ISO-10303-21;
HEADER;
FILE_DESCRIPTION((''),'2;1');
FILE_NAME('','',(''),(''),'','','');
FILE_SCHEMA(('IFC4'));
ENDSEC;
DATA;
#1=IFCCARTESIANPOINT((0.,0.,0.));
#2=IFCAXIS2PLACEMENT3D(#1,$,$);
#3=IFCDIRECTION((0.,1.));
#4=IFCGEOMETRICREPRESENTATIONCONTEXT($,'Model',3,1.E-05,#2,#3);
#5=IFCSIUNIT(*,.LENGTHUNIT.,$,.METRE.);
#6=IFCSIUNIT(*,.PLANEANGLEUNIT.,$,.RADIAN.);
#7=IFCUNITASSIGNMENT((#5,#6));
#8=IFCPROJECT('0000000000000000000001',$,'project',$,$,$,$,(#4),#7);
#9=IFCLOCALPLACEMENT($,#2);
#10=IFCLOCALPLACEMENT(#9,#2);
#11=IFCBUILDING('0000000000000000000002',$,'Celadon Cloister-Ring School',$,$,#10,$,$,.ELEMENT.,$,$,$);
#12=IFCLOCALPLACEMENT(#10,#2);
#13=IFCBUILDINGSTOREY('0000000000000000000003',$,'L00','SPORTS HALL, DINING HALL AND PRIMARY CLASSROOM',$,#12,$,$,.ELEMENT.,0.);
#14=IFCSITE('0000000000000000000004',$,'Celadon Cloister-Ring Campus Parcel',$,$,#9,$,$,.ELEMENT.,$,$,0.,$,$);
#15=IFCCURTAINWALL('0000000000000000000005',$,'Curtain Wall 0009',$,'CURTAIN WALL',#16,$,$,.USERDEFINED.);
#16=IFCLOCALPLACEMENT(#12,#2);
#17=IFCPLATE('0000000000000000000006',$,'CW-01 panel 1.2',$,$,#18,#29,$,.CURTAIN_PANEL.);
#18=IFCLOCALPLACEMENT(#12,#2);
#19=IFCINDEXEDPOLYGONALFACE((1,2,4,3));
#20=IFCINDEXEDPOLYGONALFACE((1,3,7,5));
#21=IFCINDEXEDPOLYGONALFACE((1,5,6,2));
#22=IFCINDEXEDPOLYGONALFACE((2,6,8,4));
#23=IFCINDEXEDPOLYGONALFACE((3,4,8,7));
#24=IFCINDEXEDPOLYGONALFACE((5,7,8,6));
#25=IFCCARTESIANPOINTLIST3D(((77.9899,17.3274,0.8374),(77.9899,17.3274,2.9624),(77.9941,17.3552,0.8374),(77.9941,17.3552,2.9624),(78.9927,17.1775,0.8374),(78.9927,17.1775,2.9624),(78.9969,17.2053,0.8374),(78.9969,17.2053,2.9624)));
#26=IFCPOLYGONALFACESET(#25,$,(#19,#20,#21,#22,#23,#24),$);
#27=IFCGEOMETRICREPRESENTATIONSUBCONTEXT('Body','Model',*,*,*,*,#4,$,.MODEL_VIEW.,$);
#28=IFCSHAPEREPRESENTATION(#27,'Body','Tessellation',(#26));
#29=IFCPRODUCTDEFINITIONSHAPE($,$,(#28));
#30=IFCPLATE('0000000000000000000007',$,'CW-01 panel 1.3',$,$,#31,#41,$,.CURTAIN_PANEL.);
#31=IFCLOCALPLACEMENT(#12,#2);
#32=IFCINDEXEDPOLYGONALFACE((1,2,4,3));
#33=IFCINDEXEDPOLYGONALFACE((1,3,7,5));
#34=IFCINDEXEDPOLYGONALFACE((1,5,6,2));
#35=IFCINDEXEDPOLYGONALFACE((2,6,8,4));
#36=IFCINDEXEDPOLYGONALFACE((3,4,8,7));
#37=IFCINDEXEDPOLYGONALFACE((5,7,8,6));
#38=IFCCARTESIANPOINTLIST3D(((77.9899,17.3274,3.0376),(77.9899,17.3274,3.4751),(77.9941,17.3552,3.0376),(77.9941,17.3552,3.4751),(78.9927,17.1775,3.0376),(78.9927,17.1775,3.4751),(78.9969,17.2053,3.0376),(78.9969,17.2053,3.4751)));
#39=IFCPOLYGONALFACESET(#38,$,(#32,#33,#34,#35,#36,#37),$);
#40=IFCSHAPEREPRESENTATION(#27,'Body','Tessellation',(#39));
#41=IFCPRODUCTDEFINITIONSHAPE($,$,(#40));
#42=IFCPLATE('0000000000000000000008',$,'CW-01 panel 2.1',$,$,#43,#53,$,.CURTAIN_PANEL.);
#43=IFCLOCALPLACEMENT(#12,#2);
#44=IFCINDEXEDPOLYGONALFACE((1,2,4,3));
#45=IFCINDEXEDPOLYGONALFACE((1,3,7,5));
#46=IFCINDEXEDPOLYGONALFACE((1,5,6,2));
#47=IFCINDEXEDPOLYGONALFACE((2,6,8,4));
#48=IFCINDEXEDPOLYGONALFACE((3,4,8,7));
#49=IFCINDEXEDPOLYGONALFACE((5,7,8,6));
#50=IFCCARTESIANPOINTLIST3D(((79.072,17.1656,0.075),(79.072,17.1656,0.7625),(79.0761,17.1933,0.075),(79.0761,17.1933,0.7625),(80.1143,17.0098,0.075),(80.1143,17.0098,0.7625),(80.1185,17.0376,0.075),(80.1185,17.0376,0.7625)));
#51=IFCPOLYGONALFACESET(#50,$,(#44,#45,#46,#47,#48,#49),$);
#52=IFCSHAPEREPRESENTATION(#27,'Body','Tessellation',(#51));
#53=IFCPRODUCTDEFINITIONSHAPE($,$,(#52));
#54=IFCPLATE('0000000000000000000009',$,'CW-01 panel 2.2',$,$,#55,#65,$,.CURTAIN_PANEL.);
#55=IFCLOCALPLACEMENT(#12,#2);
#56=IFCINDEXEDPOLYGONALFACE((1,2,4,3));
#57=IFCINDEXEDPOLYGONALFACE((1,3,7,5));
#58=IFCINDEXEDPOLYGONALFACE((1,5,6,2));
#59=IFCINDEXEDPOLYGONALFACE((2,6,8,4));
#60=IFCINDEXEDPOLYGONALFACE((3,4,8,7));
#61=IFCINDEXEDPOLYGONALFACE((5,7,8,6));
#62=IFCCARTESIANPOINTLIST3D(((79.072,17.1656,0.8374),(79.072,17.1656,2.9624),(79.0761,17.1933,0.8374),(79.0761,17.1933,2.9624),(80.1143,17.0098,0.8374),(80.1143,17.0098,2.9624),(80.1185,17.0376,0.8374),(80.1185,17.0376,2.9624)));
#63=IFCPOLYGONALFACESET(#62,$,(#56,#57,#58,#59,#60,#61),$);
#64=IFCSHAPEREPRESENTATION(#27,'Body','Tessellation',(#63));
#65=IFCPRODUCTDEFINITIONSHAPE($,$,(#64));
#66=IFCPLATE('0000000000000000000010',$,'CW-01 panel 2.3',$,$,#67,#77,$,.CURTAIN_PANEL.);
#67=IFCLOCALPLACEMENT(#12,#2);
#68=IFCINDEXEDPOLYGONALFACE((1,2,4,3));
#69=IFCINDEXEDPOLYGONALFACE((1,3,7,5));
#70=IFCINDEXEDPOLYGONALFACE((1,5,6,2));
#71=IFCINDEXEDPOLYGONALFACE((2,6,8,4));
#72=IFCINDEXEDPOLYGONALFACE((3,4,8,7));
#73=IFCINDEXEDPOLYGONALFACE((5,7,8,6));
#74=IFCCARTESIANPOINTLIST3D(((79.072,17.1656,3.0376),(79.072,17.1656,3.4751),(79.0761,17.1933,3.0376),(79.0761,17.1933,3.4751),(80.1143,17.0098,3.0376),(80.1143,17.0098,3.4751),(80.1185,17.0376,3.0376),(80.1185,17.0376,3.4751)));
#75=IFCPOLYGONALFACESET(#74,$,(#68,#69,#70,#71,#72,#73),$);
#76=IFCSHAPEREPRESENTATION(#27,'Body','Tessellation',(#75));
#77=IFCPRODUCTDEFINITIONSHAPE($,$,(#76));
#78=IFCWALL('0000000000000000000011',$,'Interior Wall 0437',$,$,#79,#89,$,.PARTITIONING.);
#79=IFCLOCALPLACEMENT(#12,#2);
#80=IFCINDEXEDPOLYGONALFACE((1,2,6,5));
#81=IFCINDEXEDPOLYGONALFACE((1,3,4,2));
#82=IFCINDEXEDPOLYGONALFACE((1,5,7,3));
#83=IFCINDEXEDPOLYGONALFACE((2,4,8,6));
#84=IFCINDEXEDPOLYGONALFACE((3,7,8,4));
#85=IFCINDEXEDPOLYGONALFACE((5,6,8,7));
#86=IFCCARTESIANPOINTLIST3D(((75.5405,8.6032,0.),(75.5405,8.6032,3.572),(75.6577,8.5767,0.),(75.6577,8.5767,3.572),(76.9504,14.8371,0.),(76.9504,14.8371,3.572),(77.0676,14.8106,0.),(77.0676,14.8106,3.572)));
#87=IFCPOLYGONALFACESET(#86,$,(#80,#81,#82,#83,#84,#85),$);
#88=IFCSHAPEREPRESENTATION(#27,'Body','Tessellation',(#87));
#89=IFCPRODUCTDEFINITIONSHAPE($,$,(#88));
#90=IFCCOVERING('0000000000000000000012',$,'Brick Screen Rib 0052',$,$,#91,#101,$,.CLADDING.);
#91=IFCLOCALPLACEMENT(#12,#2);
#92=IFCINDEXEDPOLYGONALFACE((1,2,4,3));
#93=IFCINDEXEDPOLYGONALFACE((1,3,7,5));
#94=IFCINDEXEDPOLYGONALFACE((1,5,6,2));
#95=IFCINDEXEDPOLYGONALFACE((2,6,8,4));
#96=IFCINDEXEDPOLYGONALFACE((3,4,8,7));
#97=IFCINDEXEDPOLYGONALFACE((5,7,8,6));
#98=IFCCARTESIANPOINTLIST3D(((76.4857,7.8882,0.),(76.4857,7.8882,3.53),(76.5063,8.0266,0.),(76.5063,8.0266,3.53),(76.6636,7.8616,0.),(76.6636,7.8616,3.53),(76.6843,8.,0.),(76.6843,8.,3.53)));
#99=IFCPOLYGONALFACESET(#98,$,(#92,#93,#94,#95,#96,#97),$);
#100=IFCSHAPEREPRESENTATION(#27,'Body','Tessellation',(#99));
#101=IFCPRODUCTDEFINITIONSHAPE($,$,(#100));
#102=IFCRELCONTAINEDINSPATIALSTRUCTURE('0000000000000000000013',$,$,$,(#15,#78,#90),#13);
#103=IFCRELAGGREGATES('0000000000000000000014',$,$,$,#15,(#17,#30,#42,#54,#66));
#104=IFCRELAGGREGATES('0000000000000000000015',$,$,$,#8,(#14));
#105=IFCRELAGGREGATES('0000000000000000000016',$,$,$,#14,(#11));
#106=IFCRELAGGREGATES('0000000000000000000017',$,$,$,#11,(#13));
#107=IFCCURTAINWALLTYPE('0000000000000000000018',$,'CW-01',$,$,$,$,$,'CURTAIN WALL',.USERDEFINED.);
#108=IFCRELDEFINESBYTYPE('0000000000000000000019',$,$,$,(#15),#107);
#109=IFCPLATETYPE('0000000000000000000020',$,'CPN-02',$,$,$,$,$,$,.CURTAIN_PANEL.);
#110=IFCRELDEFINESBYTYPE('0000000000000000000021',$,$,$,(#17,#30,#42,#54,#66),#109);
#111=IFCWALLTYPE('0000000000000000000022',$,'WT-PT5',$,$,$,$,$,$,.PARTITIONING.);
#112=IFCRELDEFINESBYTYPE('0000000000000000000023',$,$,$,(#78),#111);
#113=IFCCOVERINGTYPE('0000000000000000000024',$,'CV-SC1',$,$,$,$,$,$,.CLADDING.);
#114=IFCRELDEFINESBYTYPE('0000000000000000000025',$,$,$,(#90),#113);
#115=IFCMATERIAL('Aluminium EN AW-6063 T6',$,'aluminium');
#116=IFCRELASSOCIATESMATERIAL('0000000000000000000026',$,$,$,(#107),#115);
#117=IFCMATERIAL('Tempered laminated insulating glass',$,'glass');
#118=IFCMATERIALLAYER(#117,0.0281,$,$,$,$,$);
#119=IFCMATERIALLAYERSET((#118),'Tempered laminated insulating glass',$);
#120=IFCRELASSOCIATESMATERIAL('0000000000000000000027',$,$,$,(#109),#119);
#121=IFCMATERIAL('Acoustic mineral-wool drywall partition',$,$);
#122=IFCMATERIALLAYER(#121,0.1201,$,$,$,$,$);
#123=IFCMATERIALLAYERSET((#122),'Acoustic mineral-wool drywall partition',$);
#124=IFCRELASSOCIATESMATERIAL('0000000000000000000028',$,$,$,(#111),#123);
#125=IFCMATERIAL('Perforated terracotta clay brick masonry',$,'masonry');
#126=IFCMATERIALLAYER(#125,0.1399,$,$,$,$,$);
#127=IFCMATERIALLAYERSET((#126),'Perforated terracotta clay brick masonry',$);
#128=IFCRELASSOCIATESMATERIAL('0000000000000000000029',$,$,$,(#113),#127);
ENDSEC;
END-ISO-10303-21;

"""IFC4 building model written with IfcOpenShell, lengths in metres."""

from ifc_helpers import new_model, si_unit, direction, frame, frame_2d, origin, origin_2d, place, context, subcontext, project, spatial, rectangle, extrude, material, layer, layer_set, type_object, element, aggregate, save


model = new_model("IFC4")

# Units and contexts
model_context = context("Model", 3, precision=1e-05, world=origin(), true_north=direction((0.0, 1.0)))
body_context = subcontext(model_context, "Body", "Model", "MODEL_VIEW")
ifc_project = project(units=[si_unit("LENGTHUNIT", "METRE"), si_unit("PLANEANGLEUNIT", "RADIAN")], contexts=[model_context])

# Site, building, storey
site_placement = place(None, origin())
site = spatial("IfcSite", under=ifc_project, at=site_placement, Name="Celadon Cloister-Ring Campus Parcel", CompositionType="ELEMENT", RefElevation=0.0)
building_placement = place(site_placement, origin())
building = spatial("IfcBuilding", under=site, at=building_placement, Name="Celadon Cloister-Ring School", CompositionType="ELEMENT")
storey_placement = place(building_placement, origin())
storey = spatial("IfcBuildingStorey", under=building, at=storey_placement, Name="L00", Description="SPORTS HALL, DINING HALL AND PRIMARY CLASSROOM", CompositionType="ELEMENT", Elevation=0.0)

# Curtain wall
ifc_material_1 = material(Name="Aluminium EN AW-6063 T6", Category="aluminium")
curtain_wall_type = type_object("IfcCurtainWallType", Name="CW-01", ElementType="CURTAIN WALL", PredefinedType="USERDEFINED", material=ifc_material_1)
curtain_wall_placement = place(storey_placement, origin())
curtain_wall = element("IfcCurtainWall", 1, at=curtain_wall_placement, inside=storey, type_object=curtain_wall_type, Name="Curtain Wall 0009", ObjectType="CURTAIN WALL", PredefinedType="USERDEFINED")

# Plates
ifc_material_2 = material(Name="Tempered laminated insulating glass", Category="glass")
ifc_layer_1 = layer(ifc_material_2, 0.0281)
ifc_layer_set_1 = layer_set([ifc_layer_1], Name="Tempered laminated insulating glass")
plate_type = type_object("IfcPlateType", Name="CPN-02", PredefinedType="CURTAIN_PANEL", material=ifc_layer_set_1)
plate_1_placement = place(storey_placement, frame((78.4934, 17.2664, 0.8374), z_axis=(0.0, 0.0, 1.0), x_axis=(0.989015, -0.147814, 0.0)))
plate_1 = element("IfcPlate", 2, at=plate_1_placement, type_object=plate_type, Name="CW-01 panel 1.2", PredefinedType="CURTAIN_PANEL", context=body_context, shape_type="SweptSolid", body=[
    extrude(rectangle(XDim=1.0139, YDim=0.0281, at=origin_2d()), origin(), (0.0, 0.0, 1.0), 2.125),
])
plate_2_placement = place(storey_placement, frame((78.4934, 17.2664, 3.0376), z_axis=(0.0, 0.0, 1.0), x_axis=(0.989015, -0.147814, 0.0)))
plate_2 = element("IfcPlate", 3, at=plate_2_placement, type_object=plate_type, Name="CW-01 panel 1.3", PredefinedType="CURTAIN_PANEL", context=body_context, shape_type="SweptSolid", body=[
    extrude(rectangle(XDim=1.0139, YDim=0.0281, at=origin_2d()), origin(), (0.0, 0.0, 1.0), 0.4375),
])
plate_3_placement = place(storey_placement, frame((79.5952, 17.1016, 0.075), z_axis=(0.0, 0.0, 1.0), x_axis=(0.989015, -0.147814, 0.0)))
plate_3 = element("IfcPlate", 4, at=plate_3_placement, type_object=plate_type, Name="CW-01 panel 2.1", PredefinedType="CURTAIN_PANEL", context=body_context, shape_type="SweptSolid", body=[
    extrude(rectangle(XDim=1.054, YDim=0.0281, at=origin_2d()), origin(), (0.0, 0.0, 1.0), 0.6875),
])
plate_4_placement = place(storey_placement, frame((79.5952, 17.1016, 0.8374), z_axis=(0.0, 0.0, 1.0), x_axis=(0.989015, -0.147814, 0.0)))
plate_4 = element("IfcPlate", 5, at=plate_4_placement, type_object=plate_type, Name="CW-01 panel 2.2", PredefinedType="CURTAIN_PANEL", context=body_context, shape_type="SweptSolid", body=[
    extrude(rectangle(XDim=1.054, YDim=0.0281, at=origin_2d()), origin(), (0.0, 0.0, 1.0), 2.125),
])
plate_5_placement = place(storey_placement, frame((79.5952, 17.1016, 3.0376), z_axis=(0.0, 0.0, 1.0), x_axis=(0.989015, -0.147814, 0.0)))
plate_5 = element("IfcPlate", 6, at=plate_5_placement, type_object=plate_type, Name="CW-01 panel 2.3", PredefinedType="CURTAIN_PANEL", context=body_context, shape_type="SweptSolid", body=[
    extrude(rectangle(XDim=1.054, YDim=0.0281, at=origin_2d()), origin(), (0.0, 0.0, 1.0), 0.4375),
])
aggregate(curtain_wall, [plate_1, plate_2, plate_3, plate_4, plate_5])

# Wall
ifc_material_3 = material(Name="Acoustic mineral-wool drywall partition")
ifc_layer_2 = layer(ifc_material_3, 0.1201)
ifc_layer_set_2 = layer_set([ifc_layer_2], Name="Acoustic mineral-wool drywall partition")
wall_type = type_object("IfcWallType", Name="WT-PT5", PredefinedType="PARTITIONING", material=ifc_layer_set_2)
wall_placement = place(storey_placement, frame((77.009, 14.824, 0.0), z_axis=(0.0, 0.0, 1.0), x_axis=(-0.220597, -0.975365, 0.0)))
element("IfcWall", 7, at=wall_placement, inside=storey, type_object=wall_type, Name="Interior Wall 0437", PredefinedType="PARTITIONING", context=body_context, shape_type="SweptSolid", body=[
    extrude(rectangle(XDim=6.3914, YDim=0.1201, at=frame_2d((3.1958, 0.0))), origin(), (0.0, 0.0, 1.0), 3.572),
])

# Covering
ifc_material_4 = material(Name="Perforated terracotta clay brick masonry", Category="masonry")
ifc_layer_3 = layer(ifc_material_4, 0.1399)
ifc_layer_set_3 = layer_set([ifc_layer_3], Name="Perforated terracotta clay brick masonry")
covering_type = type_object("IfcCoveringType", Name="CV-SC1", PredefinedType="CLADDING", material=ifc_layer_set_3)
covering_placement = place(storey_placement, frame((76.585, 7.9441, 0.0), z_axis=(0.0, 0.0, 1.0), x_axis=(-0.989036, 0.147671, 0.0)))
element("IfcCovering", 8, at=covering_placement, inside=storey, type_object=covering_type, Name="Brick Screen Rib 0052", PredefinedType="CLADDING", context=body_context, shape_type="SweptSolid", body=[
    extrude(rectangle(XDim=0.1799, YDim=0.1399, at=origin_2d()), origin(), (0.0, 0.0, 1.0), 3.53),
])

save(model, "model.ifc")
